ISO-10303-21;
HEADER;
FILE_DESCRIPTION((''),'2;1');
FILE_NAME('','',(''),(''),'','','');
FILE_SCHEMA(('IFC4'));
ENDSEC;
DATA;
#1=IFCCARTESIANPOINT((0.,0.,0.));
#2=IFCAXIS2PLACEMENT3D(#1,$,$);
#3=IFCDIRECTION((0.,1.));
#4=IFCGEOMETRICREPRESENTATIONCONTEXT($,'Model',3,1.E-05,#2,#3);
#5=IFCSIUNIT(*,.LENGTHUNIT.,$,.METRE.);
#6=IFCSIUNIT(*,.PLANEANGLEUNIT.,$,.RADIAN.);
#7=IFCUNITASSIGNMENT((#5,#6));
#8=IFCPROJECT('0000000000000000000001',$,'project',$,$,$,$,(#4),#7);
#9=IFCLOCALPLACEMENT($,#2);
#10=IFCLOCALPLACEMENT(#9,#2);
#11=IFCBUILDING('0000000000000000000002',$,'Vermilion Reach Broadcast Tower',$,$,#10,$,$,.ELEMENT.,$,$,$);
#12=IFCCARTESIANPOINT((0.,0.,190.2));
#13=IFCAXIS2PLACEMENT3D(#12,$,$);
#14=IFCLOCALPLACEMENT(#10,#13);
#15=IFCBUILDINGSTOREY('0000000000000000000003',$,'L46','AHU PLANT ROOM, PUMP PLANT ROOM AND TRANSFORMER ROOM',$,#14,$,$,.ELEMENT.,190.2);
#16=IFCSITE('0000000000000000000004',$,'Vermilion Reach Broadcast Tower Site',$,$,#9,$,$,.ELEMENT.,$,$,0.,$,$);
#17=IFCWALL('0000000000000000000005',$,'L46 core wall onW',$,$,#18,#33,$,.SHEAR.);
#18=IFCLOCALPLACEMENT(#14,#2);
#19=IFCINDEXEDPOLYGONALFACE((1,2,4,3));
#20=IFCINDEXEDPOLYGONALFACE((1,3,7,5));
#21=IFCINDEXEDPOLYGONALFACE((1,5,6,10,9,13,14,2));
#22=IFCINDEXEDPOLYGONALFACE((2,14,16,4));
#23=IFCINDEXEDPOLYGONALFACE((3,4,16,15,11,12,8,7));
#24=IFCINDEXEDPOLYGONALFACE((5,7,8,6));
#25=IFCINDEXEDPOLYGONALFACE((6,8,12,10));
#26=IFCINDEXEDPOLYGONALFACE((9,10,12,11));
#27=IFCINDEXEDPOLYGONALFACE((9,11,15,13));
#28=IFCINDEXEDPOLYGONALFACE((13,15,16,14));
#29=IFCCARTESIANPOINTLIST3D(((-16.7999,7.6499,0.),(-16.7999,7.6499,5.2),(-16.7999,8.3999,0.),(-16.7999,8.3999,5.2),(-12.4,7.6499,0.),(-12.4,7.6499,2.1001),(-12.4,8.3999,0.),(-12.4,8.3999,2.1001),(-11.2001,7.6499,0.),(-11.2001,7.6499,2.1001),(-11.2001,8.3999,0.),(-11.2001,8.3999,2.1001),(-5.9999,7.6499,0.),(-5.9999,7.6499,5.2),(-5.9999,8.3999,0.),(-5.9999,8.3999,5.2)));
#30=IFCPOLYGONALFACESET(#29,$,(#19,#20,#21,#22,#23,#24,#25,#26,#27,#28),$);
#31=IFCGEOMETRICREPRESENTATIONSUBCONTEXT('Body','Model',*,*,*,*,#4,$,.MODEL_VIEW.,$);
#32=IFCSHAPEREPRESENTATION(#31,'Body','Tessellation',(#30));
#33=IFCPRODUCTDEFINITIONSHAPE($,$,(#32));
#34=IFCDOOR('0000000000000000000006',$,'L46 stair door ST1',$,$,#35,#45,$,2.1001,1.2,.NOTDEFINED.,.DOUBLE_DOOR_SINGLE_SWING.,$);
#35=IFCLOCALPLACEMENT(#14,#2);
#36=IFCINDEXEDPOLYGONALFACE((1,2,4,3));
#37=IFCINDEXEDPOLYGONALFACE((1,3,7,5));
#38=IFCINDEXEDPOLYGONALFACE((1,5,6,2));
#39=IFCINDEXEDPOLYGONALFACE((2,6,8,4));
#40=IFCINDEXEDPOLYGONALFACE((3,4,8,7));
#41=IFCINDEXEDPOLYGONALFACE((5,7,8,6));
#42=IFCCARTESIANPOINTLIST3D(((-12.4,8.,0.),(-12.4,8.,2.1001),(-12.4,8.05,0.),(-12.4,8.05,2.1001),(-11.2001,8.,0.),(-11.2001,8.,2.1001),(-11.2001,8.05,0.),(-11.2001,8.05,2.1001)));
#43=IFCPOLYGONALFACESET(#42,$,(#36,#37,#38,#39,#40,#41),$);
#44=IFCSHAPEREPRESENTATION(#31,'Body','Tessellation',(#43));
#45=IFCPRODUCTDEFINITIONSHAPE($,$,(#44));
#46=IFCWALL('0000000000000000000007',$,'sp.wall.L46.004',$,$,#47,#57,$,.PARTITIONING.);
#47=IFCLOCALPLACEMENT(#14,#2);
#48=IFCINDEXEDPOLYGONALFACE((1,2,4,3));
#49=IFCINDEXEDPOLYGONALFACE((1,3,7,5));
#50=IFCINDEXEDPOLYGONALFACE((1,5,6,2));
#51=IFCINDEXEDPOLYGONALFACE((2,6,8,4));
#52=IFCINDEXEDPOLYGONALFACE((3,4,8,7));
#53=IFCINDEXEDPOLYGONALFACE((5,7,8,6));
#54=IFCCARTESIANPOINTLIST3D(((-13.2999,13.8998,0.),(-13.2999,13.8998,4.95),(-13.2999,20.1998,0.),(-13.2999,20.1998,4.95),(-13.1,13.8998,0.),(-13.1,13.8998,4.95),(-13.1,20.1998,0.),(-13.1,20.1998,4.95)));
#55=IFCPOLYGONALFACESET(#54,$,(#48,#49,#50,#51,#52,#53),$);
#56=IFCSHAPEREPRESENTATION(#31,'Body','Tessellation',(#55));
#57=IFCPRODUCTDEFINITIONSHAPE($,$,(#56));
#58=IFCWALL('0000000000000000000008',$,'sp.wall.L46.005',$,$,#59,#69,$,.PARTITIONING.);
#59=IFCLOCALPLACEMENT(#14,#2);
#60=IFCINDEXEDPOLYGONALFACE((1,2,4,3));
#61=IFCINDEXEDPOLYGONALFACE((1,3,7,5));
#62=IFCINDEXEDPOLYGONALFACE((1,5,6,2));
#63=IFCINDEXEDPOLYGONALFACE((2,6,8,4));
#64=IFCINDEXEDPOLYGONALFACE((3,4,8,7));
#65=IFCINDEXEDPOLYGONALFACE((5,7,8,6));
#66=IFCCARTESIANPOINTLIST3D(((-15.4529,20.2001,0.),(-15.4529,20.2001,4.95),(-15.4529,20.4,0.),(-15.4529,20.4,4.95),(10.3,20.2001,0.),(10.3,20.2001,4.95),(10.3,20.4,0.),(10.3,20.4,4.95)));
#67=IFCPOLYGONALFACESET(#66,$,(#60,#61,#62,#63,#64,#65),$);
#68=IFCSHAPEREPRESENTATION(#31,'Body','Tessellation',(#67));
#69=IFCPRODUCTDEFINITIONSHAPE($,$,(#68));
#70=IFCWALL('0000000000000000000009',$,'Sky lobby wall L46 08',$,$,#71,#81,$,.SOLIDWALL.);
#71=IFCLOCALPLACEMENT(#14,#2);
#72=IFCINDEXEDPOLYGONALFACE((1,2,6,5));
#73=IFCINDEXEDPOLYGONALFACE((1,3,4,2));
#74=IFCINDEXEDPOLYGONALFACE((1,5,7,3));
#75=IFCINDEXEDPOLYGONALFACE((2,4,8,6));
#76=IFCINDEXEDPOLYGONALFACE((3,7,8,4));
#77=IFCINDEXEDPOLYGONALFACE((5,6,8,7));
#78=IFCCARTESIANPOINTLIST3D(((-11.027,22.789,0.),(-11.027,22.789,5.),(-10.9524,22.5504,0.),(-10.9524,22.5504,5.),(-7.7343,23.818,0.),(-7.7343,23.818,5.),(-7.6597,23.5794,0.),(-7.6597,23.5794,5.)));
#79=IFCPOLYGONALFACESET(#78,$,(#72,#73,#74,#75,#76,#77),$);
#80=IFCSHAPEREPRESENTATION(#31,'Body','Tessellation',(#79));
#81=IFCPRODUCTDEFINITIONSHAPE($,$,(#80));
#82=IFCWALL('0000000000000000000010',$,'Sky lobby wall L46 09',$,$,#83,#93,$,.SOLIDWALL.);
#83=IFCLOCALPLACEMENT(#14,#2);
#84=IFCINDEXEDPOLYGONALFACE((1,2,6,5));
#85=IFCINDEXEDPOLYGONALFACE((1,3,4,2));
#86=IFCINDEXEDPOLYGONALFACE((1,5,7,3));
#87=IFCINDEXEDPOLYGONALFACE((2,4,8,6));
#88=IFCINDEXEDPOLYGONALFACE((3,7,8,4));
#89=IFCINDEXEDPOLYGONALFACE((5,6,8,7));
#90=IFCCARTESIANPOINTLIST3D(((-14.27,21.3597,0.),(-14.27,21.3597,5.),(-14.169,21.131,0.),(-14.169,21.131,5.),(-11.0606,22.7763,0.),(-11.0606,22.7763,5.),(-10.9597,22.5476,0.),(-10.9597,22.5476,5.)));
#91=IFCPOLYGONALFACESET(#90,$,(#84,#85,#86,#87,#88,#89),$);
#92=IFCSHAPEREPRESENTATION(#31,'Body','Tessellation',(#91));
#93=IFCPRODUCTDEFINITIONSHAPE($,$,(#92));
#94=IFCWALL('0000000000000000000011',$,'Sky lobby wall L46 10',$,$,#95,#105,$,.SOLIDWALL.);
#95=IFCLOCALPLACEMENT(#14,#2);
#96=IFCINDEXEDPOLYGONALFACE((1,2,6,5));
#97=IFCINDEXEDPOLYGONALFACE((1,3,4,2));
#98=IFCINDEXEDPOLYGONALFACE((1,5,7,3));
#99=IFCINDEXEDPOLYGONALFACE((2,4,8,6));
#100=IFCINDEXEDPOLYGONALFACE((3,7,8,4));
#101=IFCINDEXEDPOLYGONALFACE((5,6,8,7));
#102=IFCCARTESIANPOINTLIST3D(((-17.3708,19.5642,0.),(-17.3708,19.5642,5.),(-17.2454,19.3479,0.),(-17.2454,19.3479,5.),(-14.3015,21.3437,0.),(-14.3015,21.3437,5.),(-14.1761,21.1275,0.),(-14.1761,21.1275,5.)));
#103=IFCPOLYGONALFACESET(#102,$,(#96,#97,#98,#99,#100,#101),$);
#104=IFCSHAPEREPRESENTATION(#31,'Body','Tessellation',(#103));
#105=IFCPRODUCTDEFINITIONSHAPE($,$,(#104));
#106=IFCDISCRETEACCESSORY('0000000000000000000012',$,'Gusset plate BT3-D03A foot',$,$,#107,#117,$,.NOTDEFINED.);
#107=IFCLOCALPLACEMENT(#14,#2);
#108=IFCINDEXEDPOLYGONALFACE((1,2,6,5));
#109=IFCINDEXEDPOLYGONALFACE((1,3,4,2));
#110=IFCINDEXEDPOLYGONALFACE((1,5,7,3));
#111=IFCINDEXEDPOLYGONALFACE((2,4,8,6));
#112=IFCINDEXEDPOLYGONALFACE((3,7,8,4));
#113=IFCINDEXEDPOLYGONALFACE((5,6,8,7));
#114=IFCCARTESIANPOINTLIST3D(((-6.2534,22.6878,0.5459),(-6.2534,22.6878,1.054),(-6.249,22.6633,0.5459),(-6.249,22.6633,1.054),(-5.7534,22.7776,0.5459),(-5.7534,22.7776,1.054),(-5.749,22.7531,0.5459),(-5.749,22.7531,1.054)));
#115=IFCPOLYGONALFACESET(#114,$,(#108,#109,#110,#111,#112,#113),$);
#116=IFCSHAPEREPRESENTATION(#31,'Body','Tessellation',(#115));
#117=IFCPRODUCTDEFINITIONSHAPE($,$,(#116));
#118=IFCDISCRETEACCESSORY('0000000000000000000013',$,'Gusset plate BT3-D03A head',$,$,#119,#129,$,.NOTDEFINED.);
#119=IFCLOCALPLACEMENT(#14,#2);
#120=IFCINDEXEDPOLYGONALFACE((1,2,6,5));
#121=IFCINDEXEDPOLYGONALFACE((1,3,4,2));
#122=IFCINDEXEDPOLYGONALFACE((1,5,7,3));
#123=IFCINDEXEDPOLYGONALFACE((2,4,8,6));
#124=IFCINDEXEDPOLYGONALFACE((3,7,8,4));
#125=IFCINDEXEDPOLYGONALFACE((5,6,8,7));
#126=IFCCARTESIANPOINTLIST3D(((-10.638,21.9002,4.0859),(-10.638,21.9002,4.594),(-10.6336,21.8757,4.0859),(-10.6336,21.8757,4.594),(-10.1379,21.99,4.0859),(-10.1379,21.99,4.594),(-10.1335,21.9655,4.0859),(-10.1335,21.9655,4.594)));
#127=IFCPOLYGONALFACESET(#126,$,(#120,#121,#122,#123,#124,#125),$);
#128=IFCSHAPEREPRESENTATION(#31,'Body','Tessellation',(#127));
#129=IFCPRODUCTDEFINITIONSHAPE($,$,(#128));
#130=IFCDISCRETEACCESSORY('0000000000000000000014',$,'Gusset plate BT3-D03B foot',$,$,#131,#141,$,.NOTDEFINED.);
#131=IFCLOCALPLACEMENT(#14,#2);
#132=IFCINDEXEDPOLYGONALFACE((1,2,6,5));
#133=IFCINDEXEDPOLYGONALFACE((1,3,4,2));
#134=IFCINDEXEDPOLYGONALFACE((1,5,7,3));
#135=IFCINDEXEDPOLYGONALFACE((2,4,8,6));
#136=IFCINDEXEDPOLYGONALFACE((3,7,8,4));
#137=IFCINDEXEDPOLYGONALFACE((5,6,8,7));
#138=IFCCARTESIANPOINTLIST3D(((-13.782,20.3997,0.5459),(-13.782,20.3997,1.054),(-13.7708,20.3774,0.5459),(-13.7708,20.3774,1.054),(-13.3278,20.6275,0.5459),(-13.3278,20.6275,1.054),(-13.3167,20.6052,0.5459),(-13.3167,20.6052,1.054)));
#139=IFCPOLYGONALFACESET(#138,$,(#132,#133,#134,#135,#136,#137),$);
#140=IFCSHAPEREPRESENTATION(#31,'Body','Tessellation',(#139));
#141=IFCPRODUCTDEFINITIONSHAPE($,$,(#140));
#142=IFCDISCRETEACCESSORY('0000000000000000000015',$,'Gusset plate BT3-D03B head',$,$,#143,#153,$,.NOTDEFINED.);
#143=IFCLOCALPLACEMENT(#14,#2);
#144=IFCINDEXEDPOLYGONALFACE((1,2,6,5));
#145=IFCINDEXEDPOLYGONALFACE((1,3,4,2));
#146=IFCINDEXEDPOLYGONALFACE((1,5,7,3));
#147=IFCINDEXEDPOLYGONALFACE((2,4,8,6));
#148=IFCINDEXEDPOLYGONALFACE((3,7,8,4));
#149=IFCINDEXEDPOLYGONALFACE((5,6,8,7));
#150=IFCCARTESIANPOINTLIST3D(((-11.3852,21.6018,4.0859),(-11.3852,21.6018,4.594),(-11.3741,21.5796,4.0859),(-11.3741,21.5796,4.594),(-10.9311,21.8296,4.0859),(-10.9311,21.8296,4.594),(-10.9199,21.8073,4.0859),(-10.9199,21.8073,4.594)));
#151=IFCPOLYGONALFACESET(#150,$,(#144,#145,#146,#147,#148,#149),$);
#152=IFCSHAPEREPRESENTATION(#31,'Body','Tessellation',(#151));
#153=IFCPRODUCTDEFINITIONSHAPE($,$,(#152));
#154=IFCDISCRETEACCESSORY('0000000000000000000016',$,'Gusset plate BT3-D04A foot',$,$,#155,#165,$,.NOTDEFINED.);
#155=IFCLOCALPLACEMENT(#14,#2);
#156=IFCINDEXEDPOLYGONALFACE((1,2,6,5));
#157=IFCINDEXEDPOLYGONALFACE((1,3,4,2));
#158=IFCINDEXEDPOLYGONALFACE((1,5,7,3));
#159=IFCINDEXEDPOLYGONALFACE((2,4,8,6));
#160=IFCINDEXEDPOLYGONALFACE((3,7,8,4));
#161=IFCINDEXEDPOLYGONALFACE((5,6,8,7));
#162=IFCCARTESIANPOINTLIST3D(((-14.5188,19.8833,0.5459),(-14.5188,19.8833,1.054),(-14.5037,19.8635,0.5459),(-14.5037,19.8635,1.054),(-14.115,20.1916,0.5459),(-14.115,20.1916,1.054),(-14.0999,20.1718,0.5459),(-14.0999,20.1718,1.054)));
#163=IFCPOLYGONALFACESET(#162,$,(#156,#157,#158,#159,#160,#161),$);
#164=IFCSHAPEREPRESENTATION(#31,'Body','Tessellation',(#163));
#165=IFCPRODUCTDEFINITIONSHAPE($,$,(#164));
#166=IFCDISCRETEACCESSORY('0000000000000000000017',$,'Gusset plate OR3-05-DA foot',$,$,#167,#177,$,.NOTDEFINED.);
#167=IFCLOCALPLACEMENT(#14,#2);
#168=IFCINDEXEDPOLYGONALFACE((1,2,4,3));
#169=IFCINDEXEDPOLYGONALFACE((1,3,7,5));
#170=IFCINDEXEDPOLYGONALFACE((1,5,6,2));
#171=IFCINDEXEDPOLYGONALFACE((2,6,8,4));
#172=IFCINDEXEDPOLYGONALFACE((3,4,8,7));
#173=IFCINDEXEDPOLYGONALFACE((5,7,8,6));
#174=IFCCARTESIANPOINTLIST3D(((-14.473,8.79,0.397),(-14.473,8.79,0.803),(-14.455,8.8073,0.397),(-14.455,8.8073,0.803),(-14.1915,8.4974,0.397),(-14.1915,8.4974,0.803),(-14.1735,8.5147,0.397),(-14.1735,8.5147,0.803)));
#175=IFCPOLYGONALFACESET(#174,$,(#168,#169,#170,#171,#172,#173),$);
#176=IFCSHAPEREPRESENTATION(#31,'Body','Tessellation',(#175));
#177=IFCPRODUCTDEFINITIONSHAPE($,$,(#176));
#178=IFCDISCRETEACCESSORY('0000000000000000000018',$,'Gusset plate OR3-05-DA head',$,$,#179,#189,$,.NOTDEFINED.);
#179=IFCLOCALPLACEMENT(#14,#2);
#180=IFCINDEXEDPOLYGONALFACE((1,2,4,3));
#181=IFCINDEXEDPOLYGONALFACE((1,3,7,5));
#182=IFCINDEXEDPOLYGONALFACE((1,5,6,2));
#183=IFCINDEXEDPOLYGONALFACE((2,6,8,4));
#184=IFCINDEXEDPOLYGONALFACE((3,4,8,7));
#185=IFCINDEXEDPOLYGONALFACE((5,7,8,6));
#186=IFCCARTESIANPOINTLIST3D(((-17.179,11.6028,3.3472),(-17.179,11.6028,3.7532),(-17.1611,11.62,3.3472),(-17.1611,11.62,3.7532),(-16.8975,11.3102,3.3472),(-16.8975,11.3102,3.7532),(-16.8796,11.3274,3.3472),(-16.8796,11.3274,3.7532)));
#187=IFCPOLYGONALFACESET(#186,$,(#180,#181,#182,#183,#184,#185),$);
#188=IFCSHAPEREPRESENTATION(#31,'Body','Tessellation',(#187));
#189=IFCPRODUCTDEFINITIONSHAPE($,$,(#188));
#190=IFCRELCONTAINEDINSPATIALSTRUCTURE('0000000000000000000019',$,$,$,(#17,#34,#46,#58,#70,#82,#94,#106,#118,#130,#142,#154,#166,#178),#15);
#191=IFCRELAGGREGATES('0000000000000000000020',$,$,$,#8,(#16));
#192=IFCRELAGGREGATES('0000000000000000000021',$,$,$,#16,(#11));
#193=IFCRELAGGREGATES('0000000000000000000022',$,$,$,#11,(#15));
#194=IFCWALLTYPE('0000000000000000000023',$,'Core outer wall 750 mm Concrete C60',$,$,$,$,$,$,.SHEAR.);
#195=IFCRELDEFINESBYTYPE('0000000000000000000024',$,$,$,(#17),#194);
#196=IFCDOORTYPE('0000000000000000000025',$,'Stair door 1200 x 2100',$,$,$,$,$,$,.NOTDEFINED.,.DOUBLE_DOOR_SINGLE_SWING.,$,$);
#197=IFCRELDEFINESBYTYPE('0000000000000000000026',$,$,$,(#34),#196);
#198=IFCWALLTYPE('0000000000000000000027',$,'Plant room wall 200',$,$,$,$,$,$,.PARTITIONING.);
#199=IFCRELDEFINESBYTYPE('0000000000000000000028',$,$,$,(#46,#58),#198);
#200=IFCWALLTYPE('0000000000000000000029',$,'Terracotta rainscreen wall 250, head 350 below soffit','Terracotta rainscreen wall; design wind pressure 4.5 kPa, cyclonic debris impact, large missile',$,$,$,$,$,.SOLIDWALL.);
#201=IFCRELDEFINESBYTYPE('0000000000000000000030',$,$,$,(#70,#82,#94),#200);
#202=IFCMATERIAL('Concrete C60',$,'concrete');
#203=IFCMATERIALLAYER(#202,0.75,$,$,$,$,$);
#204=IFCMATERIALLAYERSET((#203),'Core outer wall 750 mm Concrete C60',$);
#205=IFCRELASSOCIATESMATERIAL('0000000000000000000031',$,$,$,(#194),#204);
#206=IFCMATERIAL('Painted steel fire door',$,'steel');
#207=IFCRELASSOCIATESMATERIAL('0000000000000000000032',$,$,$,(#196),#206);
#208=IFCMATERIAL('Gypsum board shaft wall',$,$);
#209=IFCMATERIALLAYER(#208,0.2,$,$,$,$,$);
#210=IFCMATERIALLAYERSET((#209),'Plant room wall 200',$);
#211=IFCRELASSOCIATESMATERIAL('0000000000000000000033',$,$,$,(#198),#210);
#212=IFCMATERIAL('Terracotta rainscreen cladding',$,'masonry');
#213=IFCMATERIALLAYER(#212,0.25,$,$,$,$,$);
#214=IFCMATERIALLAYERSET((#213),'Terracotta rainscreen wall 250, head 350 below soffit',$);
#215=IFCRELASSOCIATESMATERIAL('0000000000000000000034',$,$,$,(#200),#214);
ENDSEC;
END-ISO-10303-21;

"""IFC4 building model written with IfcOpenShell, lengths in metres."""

from ifc_helpers import new_model, si_unit, direction, frame, frame_2d, origin, origin_2d, place, context, subcontext, project, spatial, rectangle, extrude, material, layer, layer_set, type_object, element, fill, save


model = new_model("IFC4")

# Units and contexts
model_context = context("Model", 3, precision=1e-05, world=origin(), true_north=direction((0.0, 1.0)))
body_context = subcontext(model_context, "Body", "Model", "MODEL_VIEW")
ifc_project = project(units=[si_unit("LENGTHUNIT", "METRE"), si_unit("PLANEANGLEUNIT", "RADIAN")], contexts=[model_context])

# Site, building, storey
site_placement = place(None, origin())
site = spatial("IfcSite", under=ifc_project, at=site_placement, Name="Vermilion Reach Broadcast Tower Site", CompositionType="ELEMENT", RefElevation=0.0)
building_placement = place(site_placement, origin())
building = spatial("IfcBuilding", under=site, at=building_placement, Name="Vermilion Reach Broadcast Tower", CompositionType="ELEMENT")
storey_placement = place(building_placement, frame((0.0, 0.0, 190.2)))
storey = spatial("IfcBuildingStorey", under=building, at=storey_placement, Name="L46", Description="AHU PLANT ROOM, PUMP PLANT ROOM AND TRANSFORMER ROOM", CompositionType="ELEMENT", Elevation=190.2)

# Wall, opening, door
ifc_material_1 = material(Name="Concrete C60", Category="concrete")
ifc_layer_1 = layer(ifc_material_1, 0.75)
ifc_layer_set_1 = layer_set([ifc_layer_1], Name="Core outer wall 750 mm Concrete C60")
wall_type_1 = type_object("IfcWallType", Name="Core outer wall 750 mm Concrete C60", PredefinedType="SHEAR", material=ifc_layer_set_1)
wall_1_placement = place(storey_placement, frame((-6.0, 8.0249, 0.0), z_axis=(0.0, 0.0, 1.0), x_axis=(-1.0, 0.0, 0.0)))
wall_1 = element("IfcWall", 1, at=wall_1_placement, inside=storey, type_object=wall_type_1, Name="L46 core wall onW", PredefinedType="SHEAR", context=body_context, shape_type="SweptSolid", body=[
    extrude(rectangle(XDim=10.8, YDim=0.75, at=frame_2d((5.3999, 0.0))), origin(), (0.0, 0.0, 1.0), 5.2),
])
opening_placement = place(wall_1_placement, frame((5.2, 0.0, 0.0)))
opening = element("IfcOpeningElement", 2, at=opening_placement, cuts=wall_1, PredefinedType="OPENING", context=body_context, shape_type="SweptSolid", body=[
    extrude(rectangle(XDim=1.2, YDim=2.1001, at=frame_2d((0.6001, 1.05))), frame((0.0, 0.385, 0.0), z_axis=(0.0, -1.0, 0.0), x_axis=(1.0, 0.0, 0.0)), (0.0, 0.0, 1.0), 0.77),
])
ifc_material_2 = material(Name="Painted steel fire door", Category="steel")
door_type = type_object("IfcDoorType", Name="Stair door 1200 x 2100", OperationType="DOUBLE_DOOR_SINGLE_SWING", PredefinedType="NOTDEFINED", material=ifc_material_2)
door_placement = place(opening_placement, origin())
door = element("IfcDoor", 3, at=door_placement, inside=storey, type_object=door_type, Name="L46 stair door ST1", OperationType="DOUBLE_DOOR_SINGLE_SWING", OverallHeight=2.1001, OverallWidth=1.2, PredefinedType="NOTDEFINED", context=body_context, shape_type="SweptSolid", body=[
    extrude(rectangle(XDim=1.2, YDim=2.1001, at=frame_2d((0.6001, 1.05))), frame((0.0, 0.0249, 0.0), z_axis=(0.0, -1.0, 0.0), x_axis=(1.0, 0.0, 0.0)), (0.0, 0.0, 1.0), 0.05),
])
fill(opening, door)

# Walls
ifc_material_3 = material(Name="Gypsum board shaft wall")
ifc_layer_2 = layer(ifc_material_3, 0.2)
ifc_layer_set_2 = layer_set([ifc_layer_2], Name="Plant room wall 200")
wall_type_2 = type_object("IfcWallType", Name="Plant room wall 200", PredefinedType="PARTITIONING", material=ifc_layer_set_2)
wall_2_placement = place(storey_placement, frame((-13.2, 13.8999, 0.0), z_axis=(0.0, 0.0, 1.0), x_axis=(0.0, 1.0, 0.0)))
element("IfcWall", 4, at=wall_2_placement, inside=storey, type_object=wall_type_2, Name="sp.wall.L46.004", PredefinedType="PARTITIONING", context=body_context, shape_type="SweptSolid", body=[
    extrude(rectangle(XDim=6.3, YDim=0.2, at=frame_2d((3.1499, 0.0))), origin(), (0.0, 0.0, 1.0), 4.95),
])
wall_3_placement = place(storey_placement, frame((-15.4529, 20.3, 0.0), z_axis=(0.0, 0.0, 1.0), x_axis=(1.0, 0.0, 0.0)))
element("IfcWall", 5, at=wall_3_placement, inside=storey, type_object=wall_type_2, Name="sp.wall.L46.005", PredefinedType="PARTITIONING", context=body_context, shape_type="SweptSolid", body=[
    extrude(rectangle(XDim=25.7529, YDim=0.2, at=frame_2d((12.8765, 0.0))), origin(), (0.0, 0.0, 1.0), 4.95),
])
ifc_material_4 = material(Name="Terracotta rainscreen cladding", Category="masonry")
ifc_layer_3 = layer(ifc_material_4, 0.25)
ifc_layer_set_3 = layer_set([ifc_layer_3], Name="Terracotta rainscreen wall 250, head 350 below soffit")
wall_type_3 = type_object("IfcWallType", Name="Terracotta rainscreen wall 250, head 350 below soffit", Description="Terracotta rainscreen wall; design wind pressure 4.5 kPa, cyclonic debris impact, large missile", PredefinedType="SOLIDWALL", material=ifc_layer_set_3)
wall_4_placement = place(storey_placement, frame((-7.697, 23.6987, 0.0), z_axis=(0.0, 0.0, 1.0), x_axis=(-0.954474, -0.298295, 0.0)))
element("IfcWall", 6, at=wall_4_placement, inside=storey, type_object=wall_type_3, Name="Sky lobby wall L46 08", PredefinedType="SOLIDWALL", context=body_context, shape_type="SweptSolid", body=[
    extrude(rectangle(XDim=3.4497, YDim=0.25, at=frame_2d((1.7249, 0.0))), origin(), (0.0, 0.0, 1.0), 5.0),
])
wall_5_placement = place(storey_placement, frame((-11.0103, 22.6619, 0.0), z_axis=(0.0, 0.0, 1.0), x_axis=(-0.914847, -0.4038, 0.0)))
element("IfcWall", 7, at=wall_5_placement, inside=storey, type_object=wall_type_3, Name="Sky lobby wall L46 09", PredefinedType="SOLIDWALL", context=body_context, shape_type="SweptSolid", body=[
    extrude(rectangle(XDim=3.5081, YDim=0.25, at=frame_2d((1.7539, 0.0))), origin(), (0.0, 0.0, 1.0), 5.0),
])
wall_6_placement = place(storey_placement, frame((-14.2388, 21.2356, 0.0), z_axis=(0.0, 0.0, 1.0), x_axis=(-0.865114, -0.501576, 0.0)))
element("IfcWall", 8, at=wall_6_placement, inside=storey, type_object=wall_type_3, Name="Sky lobby wall L46 10", PredefinedType="SOLIDWALL", context=body_context, shape_type="SweptSolid", body=[
    extrude(rectangle(XDim=3.5479, YDim=0.25, at=frame_2d((1.7739, 0.0))), origin(), (0.0, 0.0, 1.0), 5.0),
])

# Discrete accessories
for number, where, z_axis, x_axis, name in (
    (9, (-6.0012, 22.7205, 0.5459), (0.0, 0.0, 1.0), (0.176788, -0.984249, 0.0), "Gusset plate BT3-D03A foot"),
    (10, (-10.3857, 21.9329, 4.0859), (0.0, 0.0, 1.0), (0.176788, -0.984249, 0.0), "Gusset plate BT3-D03A head"),
    (11, (-13.5493, 20.5024, 0.5459), (0.0, 0.0, 1.0), (-0.4483, 0.893883, 0.0), "Gusset plate BT3-D03B foot"),
    (12, (-11.1526, 21.7046, 4.0859), (0.0, 0.0, 1.0), (-0.4483, 0.893883, 0.0), "Gusset plate BT3-D03B head"),
    (13, (-14.3093, 20.0276, 0.5459), (0.0, 0.0, 1.0), (0.606799, -0.794856, 0.0), "Gusset plate BT3-D04A foot"),
):
    element("IfcDiscreteAccessory", number, at=place(storey_placement, frame(where, z_axis=z_axis, x_axis=x_axis)), inside=storey, Name=name, PredefinedType="NOTDEFINED", context=body_context, shape_type="SweptSolid", body=[
        extrude(rectangle(XDim=0.0249, YDim=0.5081, at=origin_2d()), origin(), (0.0, 0.0, 1.0), 0.5081),
    ])
for number, where, z_axis, x_axis, name in (
    (14, (-14.3232, 8.6523, 0.397), (0.0, 0.0, 1.0), (-0.720672, -0.693276, 0.0), "Gusset plate OR3-05-DA foot"),
    (15, (-17.0293, 11.4651, 3.3472), (0.0, 0.0, 1.0), (-0.720672, -0.693276, 0.0), "Gusset plate OR3-05-DA head"),
):
    element("IfcDiscreteAccessory", number, at=place(storey_placement, frame(where, z_axis=z_axis, x_axis=x_axis)), inside=storey, Name=name, PredefinedType="NOTDEFINED", context=body_context, shape_type="SweptSolid", body=[
        extrude(rectangle(XDim=0.0249, YDim=0.406, at=origin_2d()), origin(), (0.0, 0.0, 1.0), 0.406),
    ])

save(model, "model.ifc")
